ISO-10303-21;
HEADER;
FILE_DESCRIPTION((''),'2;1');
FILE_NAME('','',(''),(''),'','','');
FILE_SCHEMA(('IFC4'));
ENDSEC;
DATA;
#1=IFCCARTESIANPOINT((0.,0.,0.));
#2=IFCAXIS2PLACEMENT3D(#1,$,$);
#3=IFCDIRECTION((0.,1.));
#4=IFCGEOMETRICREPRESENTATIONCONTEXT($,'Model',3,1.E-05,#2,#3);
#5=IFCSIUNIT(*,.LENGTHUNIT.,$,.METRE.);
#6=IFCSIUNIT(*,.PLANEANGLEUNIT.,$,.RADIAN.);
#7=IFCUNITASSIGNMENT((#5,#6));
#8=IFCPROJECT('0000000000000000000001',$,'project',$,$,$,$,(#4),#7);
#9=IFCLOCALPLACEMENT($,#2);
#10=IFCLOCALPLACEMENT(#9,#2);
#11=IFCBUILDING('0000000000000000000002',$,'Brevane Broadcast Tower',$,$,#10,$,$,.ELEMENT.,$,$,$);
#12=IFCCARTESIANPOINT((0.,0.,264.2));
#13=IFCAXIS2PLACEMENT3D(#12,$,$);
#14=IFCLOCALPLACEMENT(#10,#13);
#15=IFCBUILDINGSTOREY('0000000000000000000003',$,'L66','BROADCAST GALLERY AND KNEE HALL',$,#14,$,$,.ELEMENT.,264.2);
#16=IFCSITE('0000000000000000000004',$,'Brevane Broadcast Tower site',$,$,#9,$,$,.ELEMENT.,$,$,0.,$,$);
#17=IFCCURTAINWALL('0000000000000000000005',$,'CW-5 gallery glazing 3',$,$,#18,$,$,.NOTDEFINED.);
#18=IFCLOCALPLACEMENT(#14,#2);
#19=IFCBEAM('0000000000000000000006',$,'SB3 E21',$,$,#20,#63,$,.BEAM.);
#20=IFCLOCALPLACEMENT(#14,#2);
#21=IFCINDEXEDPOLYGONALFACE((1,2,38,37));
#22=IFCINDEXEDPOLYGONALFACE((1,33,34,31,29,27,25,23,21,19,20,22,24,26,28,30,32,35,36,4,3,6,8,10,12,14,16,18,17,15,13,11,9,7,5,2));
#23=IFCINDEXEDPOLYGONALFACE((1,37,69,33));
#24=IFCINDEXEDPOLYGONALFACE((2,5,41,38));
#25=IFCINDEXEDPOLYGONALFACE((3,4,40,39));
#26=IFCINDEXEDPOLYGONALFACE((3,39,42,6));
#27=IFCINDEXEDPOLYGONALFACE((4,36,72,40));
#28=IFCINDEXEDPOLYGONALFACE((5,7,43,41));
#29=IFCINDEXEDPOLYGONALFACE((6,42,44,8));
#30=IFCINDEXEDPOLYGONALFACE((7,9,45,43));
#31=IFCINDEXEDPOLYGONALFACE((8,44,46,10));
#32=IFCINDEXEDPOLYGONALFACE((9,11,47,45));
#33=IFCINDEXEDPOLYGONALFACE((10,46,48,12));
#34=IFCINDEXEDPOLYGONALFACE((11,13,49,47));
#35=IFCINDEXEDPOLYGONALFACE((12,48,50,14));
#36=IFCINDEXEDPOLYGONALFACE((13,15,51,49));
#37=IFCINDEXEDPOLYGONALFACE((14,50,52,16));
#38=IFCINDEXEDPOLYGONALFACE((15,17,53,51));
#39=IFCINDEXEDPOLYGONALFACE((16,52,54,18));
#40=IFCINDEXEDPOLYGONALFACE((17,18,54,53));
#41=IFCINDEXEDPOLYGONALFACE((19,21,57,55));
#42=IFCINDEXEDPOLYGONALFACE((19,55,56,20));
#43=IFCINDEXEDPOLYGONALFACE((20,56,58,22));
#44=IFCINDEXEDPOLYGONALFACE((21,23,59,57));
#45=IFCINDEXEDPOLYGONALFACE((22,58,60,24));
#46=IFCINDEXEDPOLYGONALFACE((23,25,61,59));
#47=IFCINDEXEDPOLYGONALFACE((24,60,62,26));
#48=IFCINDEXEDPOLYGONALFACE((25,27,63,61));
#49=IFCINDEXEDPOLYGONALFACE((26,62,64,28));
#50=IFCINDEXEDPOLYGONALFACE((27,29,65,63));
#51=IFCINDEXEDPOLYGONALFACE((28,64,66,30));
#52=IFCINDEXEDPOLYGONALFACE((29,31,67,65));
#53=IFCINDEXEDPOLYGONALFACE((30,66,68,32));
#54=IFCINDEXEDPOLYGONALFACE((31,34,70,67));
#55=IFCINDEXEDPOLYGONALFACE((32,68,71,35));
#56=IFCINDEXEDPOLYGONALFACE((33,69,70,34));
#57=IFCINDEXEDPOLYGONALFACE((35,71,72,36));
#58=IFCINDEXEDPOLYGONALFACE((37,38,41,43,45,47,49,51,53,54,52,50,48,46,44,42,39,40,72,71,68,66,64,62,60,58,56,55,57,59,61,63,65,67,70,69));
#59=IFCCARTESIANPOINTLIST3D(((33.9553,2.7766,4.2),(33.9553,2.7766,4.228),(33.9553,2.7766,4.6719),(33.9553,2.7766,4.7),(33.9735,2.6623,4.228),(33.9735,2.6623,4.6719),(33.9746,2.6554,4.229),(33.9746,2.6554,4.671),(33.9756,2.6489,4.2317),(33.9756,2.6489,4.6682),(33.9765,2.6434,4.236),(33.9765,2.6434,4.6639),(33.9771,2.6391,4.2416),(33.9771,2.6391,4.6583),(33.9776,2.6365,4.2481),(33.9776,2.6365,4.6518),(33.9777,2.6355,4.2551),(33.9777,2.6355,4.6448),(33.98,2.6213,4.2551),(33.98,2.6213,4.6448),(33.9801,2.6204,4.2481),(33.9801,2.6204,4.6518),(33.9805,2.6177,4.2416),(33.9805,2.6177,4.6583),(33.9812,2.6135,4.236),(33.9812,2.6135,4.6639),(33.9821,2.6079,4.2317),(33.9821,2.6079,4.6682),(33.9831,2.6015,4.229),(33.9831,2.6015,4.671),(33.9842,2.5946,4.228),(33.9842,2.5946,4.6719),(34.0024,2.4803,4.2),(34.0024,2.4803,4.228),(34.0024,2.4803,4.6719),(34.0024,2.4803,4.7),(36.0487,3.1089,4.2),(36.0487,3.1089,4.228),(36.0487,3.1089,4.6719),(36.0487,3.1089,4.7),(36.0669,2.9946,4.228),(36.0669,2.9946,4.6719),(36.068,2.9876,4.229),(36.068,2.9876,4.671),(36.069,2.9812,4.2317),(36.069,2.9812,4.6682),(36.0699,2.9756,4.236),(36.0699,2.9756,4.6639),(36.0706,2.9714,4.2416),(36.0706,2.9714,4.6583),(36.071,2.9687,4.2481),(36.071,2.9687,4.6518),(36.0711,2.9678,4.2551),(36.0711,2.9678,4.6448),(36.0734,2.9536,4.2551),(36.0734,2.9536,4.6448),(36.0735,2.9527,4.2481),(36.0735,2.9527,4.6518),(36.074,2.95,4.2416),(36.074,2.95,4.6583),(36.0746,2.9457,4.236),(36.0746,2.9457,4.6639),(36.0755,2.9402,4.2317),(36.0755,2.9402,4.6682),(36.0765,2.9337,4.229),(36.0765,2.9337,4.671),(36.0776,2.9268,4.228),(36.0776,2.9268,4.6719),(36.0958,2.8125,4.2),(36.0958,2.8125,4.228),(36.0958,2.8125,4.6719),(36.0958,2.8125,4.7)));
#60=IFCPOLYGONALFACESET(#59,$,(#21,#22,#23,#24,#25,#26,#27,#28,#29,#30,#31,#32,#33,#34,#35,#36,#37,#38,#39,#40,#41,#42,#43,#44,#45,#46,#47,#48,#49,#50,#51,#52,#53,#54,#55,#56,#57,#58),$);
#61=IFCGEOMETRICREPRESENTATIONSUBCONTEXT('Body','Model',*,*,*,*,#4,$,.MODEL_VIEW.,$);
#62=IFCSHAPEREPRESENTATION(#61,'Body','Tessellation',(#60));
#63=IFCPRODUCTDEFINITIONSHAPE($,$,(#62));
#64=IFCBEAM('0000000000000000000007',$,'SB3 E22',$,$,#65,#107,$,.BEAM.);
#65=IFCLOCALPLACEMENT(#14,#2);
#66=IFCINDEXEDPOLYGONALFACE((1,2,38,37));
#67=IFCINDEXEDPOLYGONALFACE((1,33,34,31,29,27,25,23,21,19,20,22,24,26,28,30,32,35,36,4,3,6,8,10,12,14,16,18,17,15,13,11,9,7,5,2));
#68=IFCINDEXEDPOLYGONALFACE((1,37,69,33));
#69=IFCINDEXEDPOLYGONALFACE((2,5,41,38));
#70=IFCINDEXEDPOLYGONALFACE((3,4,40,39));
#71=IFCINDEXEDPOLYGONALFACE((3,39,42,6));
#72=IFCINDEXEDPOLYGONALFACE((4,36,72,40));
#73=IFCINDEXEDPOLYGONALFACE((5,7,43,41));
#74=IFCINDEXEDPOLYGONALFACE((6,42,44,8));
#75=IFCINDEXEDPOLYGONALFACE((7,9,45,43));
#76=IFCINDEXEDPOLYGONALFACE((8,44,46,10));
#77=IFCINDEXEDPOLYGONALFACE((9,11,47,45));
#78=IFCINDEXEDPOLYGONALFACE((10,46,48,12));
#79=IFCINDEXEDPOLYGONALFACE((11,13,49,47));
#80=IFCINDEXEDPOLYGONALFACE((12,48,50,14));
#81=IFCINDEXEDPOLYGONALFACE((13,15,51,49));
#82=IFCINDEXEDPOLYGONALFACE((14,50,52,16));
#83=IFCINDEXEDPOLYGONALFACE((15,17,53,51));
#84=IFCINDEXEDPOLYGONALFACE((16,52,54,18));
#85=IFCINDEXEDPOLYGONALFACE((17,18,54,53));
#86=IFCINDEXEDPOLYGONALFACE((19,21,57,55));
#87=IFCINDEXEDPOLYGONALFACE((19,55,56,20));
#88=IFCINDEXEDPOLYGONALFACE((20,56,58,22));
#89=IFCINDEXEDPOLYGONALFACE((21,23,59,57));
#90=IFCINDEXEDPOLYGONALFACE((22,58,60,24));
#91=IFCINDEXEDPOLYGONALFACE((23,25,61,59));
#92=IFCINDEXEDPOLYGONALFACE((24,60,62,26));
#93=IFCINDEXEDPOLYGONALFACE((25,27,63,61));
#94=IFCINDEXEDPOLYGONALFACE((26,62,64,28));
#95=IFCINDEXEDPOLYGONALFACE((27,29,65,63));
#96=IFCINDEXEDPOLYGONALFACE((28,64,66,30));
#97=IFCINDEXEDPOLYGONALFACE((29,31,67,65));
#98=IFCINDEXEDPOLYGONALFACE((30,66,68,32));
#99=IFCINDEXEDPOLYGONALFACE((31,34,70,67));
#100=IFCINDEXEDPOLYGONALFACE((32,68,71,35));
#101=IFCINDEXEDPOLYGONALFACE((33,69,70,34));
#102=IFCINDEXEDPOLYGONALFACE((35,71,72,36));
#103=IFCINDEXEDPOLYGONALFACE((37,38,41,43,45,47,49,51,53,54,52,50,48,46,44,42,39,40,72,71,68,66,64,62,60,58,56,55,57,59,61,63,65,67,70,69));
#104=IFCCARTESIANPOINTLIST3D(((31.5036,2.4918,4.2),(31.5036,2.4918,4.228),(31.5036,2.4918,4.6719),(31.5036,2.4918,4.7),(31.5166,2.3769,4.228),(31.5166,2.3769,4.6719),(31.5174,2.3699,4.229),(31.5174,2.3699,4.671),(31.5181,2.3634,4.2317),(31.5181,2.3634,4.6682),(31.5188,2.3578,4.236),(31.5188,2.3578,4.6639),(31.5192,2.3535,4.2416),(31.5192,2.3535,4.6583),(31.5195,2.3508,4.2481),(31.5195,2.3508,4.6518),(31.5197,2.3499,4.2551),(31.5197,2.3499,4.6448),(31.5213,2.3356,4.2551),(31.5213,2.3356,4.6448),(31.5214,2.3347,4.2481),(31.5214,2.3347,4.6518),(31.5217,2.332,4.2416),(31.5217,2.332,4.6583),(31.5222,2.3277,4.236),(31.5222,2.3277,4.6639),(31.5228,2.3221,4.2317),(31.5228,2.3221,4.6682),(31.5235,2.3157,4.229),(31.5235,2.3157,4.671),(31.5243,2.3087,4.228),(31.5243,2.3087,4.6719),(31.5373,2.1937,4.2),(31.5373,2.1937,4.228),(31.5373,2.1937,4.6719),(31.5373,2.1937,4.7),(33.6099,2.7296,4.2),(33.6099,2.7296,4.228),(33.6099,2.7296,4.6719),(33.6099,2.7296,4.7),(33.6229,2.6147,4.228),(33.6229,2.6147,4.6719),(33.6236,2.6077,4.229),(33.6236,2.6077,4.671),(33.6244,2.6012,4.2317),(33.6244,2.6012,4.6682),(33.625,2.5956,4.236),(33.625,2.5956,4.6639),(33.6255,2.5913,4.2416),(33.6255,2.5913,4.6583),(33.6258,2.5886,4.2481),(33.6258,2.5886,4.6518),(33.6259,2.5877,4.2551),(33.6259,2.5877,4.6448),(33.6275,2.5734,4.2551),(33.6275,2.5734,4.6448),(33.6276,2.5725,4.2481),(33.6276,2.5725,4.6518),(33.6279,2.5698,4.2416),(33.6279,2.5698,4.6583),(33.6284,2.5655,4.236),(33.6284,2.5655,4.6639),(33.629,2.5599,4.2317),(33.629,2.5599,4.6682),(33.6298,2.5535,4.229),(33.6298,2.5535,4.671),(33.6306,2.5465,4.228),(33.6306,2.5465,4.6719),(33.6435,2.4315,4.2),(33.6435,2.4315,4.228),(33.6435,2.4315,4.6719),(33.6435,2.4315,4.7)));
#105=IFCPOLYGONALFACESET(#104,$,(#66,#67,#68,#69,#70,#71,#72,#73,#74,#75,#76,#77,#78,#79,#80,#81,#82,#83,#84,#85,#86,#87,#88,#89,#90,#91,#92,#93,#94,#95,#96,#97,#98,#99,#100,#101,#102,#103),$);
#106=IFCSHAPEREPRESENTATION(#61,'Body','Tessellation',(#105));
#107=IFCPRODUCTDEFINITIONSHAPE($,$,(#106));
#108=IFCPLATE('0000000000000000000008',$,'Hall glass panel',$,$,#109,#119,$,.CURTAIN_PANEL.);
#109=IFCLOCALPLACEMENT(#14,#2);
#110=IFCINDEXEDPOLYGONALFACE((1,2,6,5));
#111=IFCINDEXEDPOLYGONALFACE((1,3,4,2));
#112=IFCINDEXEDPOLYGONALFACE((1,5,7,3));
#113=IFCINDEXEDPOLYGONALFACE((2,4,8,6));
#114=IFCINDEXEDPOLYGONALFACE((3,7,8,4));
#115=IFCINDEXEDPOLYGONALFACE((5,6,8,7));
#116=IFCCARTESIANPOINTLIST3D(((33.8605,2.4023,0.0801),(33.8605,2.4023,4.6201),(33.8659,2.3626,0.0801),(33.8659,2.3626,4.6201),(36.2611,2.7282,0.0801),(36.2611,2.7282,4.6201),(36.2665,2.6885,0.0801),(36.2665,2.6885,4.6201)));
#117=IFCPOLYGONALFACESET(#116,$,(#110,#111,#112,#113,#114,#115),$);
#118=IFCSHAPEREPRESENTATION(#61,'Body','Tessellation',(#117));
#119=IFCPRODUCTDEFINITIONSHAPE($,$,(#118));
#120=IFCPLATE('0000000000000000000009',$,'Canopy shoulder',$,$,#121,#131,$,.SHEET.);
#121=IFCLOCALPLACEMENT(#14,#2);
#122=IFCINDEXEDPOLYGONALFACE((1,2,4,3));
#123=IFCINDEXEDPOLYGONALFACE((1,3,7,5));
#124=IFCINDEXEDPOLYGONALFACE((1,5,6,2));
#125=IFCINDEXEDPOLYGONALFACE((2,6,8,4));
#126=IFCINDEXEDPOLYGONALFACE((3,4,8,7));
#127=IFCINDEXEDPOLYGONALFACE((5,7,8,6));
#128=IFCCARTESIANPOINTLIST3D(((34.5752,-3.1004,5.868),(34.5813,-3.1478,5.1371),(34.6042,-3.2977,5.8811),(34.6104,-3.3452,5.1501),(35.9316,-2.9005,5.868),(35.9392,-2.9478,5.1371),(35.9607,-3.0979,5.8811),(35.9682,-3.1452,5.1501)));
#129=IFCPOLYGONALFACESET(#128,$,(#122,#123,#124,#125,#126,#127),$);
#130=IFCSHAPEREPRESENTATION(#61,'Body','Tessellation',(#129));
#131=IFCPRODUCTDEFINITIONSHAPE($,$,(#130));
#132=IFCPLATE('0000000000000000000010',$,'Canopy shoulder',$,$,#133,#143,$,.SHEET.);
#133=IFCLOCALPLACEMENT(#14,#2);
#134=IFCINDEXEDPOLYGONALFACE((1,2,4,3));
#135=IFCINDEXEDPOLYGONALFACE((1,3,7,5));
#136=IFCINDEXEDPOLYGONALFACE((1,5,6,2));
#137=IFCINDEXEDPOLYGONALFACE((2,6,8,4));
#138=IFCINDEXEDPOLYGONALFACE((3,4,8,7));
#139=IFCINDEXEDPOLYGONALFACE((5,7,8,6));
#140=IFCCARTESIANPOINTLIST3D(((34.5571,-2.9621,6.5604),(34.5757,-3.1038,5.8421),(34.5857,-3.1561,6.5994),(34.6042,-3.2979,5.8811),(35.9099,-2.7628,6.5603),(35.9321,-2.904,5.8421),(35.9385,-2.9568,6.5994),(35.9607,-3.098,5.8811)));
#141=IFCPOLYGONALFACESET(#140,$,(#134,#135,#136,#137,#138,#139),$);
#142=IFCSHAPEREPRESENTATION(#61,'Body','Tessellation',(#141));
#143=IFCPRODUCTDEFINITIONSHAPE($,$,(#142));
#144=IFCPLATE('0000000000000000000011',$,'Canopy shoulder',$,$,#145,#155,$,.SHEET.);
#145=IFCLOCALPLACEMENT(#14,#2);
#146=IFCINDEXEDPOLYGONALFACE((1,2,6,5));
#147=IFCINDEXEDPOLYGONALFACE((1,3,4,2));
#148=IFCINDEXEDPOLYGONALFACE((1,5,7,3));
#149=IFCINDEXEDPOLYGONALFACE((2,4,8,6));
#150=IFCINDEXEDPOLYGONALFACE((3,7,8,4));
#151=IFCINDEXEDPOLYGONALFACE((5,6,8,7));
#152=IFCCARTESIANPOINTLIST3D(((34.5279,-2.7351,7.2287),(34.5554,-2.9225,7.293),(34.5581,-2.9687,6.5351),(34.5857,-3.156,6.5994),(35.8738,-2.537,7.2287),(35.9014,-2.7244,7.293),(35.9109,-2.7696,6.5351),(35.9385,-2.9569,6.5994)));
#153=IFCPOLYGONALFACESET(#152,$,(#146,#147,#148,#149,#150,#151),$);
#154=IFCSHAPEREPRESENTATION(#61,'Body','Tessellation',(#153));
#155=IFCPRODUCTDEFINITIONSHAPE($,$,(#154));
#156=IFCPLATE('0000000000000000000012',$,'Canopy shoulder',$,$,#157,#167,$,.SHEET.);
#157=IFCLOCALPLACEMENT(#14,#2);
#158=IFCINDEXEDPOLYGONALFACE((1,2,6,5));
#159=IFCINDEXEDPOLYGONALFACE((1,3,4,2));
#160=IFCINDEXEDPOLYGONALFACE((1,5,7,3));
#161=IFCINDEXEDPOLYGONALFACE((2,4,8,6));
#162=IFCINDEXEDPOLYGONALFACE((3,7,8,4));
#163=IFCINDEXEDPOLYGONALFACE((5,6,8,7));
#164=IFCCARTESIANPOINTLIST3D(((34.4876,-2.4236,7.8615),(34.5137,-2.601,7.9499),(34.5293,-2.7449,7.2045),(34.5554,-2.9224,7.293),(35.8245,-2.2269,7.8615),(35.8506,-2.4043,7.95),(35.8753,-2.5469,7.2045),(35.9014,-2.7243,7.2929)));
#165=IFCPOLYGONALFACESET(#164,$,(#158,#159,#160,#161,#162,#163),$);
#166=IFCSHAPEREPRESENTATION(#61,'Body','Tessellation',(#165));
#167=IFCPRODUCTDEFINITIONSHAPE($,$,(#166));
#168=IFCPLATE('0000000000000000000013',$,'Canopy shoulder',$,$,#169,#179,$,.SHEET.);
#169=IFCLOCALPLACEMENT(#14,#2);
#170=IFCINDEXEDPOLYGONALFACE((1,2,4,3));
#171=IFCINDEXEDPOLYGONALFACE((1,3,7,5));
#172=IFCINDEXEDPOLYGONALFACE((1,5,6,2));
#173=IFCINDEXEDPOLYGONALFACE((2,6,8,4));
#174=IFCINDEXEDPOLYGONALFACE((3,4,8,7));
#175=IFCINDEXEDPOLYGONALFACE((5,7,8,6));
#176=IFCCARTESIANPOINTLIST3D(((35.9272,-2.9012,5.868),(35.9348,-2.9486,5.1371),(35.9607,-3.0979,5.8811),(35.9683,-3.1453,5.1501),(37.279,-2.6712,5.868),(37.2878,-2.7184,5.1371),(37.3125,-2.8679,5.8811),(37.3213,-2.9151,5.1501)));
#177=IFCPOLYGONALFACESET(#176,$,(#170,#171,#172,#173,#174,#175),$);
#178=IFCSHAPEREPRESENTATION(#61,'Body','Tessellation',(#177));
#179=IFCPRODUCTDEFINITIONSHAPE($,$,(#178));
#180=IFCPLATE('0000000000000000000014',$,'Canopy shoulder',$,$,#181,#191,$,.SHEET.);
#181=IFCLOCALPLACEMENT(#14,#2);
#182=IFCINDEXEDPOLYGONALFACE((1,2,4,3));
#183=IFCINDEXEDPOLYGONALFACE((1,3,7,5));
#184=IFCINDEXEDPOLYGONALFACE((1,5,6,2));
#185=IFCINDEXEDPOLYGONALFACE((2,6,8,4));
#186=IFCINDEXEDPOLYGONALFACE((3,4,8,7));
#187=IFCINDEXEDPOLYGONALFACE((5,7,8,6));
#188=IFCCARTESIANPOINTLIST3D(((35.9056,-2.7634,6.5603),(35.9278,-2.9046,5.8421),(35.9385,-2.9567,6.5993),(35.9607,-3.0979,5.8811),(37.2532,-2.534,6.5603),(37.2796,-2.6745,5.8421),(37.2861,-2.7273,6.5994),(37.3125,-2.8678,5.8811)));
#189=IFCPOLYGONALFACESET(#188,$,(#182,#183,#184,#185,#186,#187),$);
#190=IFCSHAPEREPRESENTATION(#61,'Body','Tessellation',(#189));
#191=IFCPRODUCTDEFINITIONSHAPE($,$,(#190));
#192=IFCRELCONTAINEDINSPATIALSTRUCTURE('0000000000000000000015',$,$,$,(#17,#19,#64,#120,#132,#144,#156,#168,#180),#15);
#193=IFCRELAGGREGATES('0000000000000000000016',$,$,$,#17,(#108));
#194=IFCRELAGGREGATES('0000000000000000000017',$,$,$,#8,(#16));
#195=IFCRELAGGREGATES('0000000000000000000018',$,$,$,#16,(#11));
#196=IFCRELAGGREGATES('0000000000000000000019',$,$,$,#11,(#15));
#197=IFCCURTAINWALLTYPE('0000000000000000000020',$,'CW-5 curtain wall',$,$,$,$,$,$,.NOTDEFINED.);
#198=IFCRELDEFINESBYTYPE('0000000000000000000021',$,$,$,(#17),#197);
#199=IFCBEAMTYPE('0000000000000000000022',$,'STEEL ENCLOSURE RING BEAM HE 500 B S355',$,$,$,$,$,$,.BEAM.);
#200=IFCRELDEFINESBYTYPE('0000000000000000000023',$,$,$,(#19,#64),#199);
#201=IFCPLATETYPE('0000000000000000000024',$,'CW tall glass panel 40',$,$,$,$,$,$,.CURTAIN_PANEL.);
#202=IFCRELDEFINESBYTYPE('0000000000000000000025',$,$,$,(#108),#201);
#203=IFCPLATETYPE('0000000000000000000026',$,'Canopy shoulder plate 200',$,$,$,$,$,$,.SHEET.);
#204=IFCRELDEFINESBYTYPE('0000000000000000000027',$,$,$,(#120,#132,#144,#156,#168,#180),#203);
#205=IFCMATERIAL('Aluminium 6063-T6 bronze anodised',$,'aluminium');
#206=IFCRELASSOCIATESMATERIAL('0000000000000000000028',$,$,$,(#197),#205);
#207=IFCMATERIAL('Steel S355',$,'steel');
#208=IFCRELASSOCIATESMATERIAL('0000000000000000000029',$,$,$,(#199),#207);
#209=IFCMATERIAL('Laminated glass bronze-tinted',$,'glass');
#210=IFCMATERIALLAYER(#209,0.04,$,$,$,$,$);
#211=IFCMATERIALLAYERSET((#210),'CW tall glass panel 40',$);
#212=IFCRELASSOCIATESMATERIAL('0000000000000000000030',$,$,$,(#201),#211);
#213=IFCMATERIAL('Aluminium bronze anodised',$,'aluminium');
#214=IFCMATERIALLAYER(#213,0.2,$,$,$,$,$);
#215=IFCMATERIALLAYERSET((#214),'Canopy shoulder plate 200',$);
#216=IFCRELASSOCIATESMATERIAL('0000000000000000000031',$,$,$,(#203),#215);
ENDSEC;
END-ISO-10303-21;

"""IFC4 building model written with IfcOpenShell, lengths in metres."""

from ifc_helpers import new_model, si_unit, direction, frame, origin, origin_2d, place, context, subcontext, project, spatial, polyline, rectangle, i_section, outline, extrude, material, layer, layer_set, material_profile, profile_set, type_object, element, aggregate, save


model = new_model("IFC4")

# Units and contexts
model_context = context("Model", 3, precision=1e-05, world=origin(), true_north=direction((0.0, 1.0)))
body_context = subcontext(model_context, "Body", "Model", "MODEL_VIEW")
ifc_project = project(units=[si_unit("LENGTHUNIT", "METRE"), si_unit("PLANEANGLEUNIT", "RADIAN")], contexts=[model_context])

# Site, building, storey
site_placement = place(None, origin())
site = spatial("IfcSite", under=ifc_project, at=site_placement, Name="Brevane Broadcast Tower site", CompositionType="ELEMENT", RefElevation=0.0)
building_placement = place(site_placement, origin())
building = spatial("IfcBuilding", under=site, at=building_placement, Name="Brevane Broadcast Tower", CompositionType="ELEMENT")
storey_placement = place(building_placement, frame((0.0, 0.0, 264.2)))
storey = spatial("IfcBuildingStorey", under=building, at=storey_placement, Name="L66", Description="BROADCAST GALLERY AND KNEE HALL", CompositionType="ELEMENT", Elevation=264.2)

# Shared definitions
ifc_material_1 = material(Name="Steel S355", Category="steel")

# Curtain wall
ifc_material_2 = material(Name="Aluminium 6063-T6 bronze anodised", Category="aluminium")
curtain_wall_type = type_object("IfcCurtainWallType", Name="CW-5 curtain wall", PredefinedType="NOTDEFINED", material=ifc_material_2)
curtain_wall_1_placement = place(storey_placement, origin())
curtain_wall_1 = element("IfcCurtainWall", 1, at=curtain_wall_1_placement, inside=storey, type_object=curtain_wall_type, Name="CW-5 gallery glazing 3", PredefinedType="NOTDEFINED")

# Beams
ifc_material_profile_1 = material_profile(ifc_material_1, i_section(OverallWidth=0.3, OverallDepth=0.5, WebThickness=0.0144, FlangeThickness=0.0281, FilletRadius=0.0271, at=origin_2d()), Name="HE 500 B")
ifc_profile_set_1 = profile_set([ifc_material_profile_1], Name="Steel S355")
beam_type_1 = type_object("IfcBeamType", Name="STEEL ENCLOSURE RING BEAM HE 500 B S355", PredefinedType="BEAM", material=ifc_profile_set_1)
for number, where, z_axis, x_axis, name in (
    (2, (36.0723, 2.9607, 4.45), (-0.987638, -0.156755, 0.0), (0.156755, -0.987638, 0.0), "SB3 E21"),
    (3, (33.6267, 2.5806, 4.45), (-0.993687, -0.112189, 0.0), (0.112189, -0.993687, 0.0), "SB3 E22"),
):
    element("IfcBeam", number, at=place(storey_placement, frame(where, z_axis=z_axis, x_axis=x_axis)), inside=storey, type_object=beam_type_1, Name=name, PredefinedType="BEAM", context=body_context, shape_type="SweptSolid", body=[
        extrude(i_section(OverallWidth=0.3, OverallDepth=0.5, WebThickness=0.0144, FlangeThickness=0.0281, FilletRadius=0.0271, at=origin_2d()), origin(), (0.0, 0.0, 1.0), 2.1196),
    ])

# Plate
ifc_material_3 = material(Name="Laminated glass bronze-tinted", Category="glass")
ifc_layer_1 = layer(ifc_material_3, 0.04)
ifc_layer_set_1 = layer_set([ifc_layer_1], Name="CW tall glass panel 40")
plate_type_1 = type_object("IfcPlateType", Name="CW tall glass panel 40", PredefinedType="CURTAIN_PANEL", material=ifc_layer_set_1)
plate_1_placement = place(storey_placement, frame((35.0635, 2.5454, 0.0801), z_axis=(0.0, 0.0, 1.0), x_axis=(0.990911, 0.13452, 0.0)))
plate_1 = element("IfcPlate", 4, at=plate_1_placement, type_object=plate_type_1, Name="Hall glass panel", PredefinedType="CURTAIN_PANEL", context=body_context, shape_type="SweptSolid", body=[
    extrude(rectangle(XDim=2.4226, YDim=0.04, at=origin_2d()), origin(), (0.0, 0.0, 1.0), 4.54),
])
aggregate(curtain_wall_1, [plate_1])

# Plates
ifc_material_4 = material(Name="Aluminium bronze anodised", Category="aluminium")
ifc_layer_2 = layer(ifc_material_4, 0.2)
ifc_layer_set_2 = layer_set([ifc_layer_2], Name="Canopy shoulder plate 200")
plate_type_2 = type_object("IfcPlateType", Name="Canopy shoulder plate 200", PredefinedType="SHEET", material=ifc_layer_set_2)
plate_2_placement = place(storey_placement, frame((34.6104, -3.3452, 5.1501), z_axis=(0.145444, -0.987207, 0.065328), x_axis=(0.989321, 0.145755, -0.000005)))
element("IfcPlate", 5, at=plate_2_placement, inside=storey, type_object=plate_type_2, Name="Canopy shoulder", PredefinedType="SHEET", context=body_context, shape_type="SweptSolid", body=[
    extrude(outline(polyline([(0.0, 0.0), (1.3726, 0.0), (1.372, 0.7325), (0.0009, 0.7325), (0.0, 0.0)])), origin(), (0.0, 0.0, -1.0), 0.2),
])
plate_3_placement = place(storey_placement, frame((34.6042, -3.2979, 5.8811), z_axis=(0.14296, -0.970292, 0.195181), x_axis=(0.989319, 0.145766, 0.000013)))
element("IfcPlate", 6, at=plate_3_placement, inside=storey, type_object=plate_type_2, Name="Canopy shoulder", PredefinedType="SHEET", context=body_context, shape_type="SweptSolid", body=[
    extrude(outline(polyline([(0.0, 0.0), (1.3711, 0.0), (1.3697, 0.7323), (0.0023, 0.7324), (0.0, 0.0)])), origin(), (0.0, 0.0, -1.0), 0.2),
])
plate_4_placement = place(storey_placement, frame((34.5857, -3.156, 6.5994), z_axis=(0.137889, -0.936834, 0.321449), x_axis=(0.98934, 0.145626, 0.000024)))
element("IfcPlate", 7, at=plate_4_placement, inside=storey, type_object=plate_type_2, Name="Canopy shoulder", PredefinedType="SHEET", context=body_context, shape_type="SweptSolid", body=[
    extrude(outline(polyline([(0.0, 0.0), (1.3674, 0.0), (1.3645, 0.7324), (0.0041, 0.7325), (0.0, 0.0)])), origin(), (0.0, 0.0, -1.0), 0.2),
])
plate_5_placement = place(storey_placement, frame((34.5554, -2.9224, 7.293), z_axis=(0.130566, -0.887313, 0.442299), x_axis=(0.989348, 0.145572, -0.000016)))
element("IfcPlate", 8, at=plate_5_placement, inside=storey, type_object=plate_type_2, Name="Canopy shoulder", PredefinedType="SHEET", context=body_context, shape_type="SweptSolid", body=[
    extrude(outline(polyline([(0.0, 0.0), (1.3604, 0.0), (1.3568, 0.7326), (0.0055, 0.7325), (0.0, 0.0)])), origin(), (0.0, 0.0, -1.0), 0.2),
])
plate_6_placement = place(storey_placement, frame((35.9683, -3.1453, 5.1501), z_axis=(0.167372, -0.983719, 0.06545), x_axis=(0.985833, 0.167731, 0.000001)))
element("IfcPlate", 9, at=plate_6_placement, inside=storey, type_object=plate_type_2, Name="Canopy shoulder", PredefinedType="SHEET", context=body_context, shape_type="SweptSolid", body=[
    extrude(outline(polyline([(0.0, 0.0), (1.3725, 0.0), (1.3717, 0.7325), (0.0005, 0.7325), (0.0, 0.0)])), origin(), (0.0, 0.0, -1.0), 0.2),
])
plate_7_placement = place(storey_placement, frame((35.9607, -3.0979, 5.8811), z_axis=(0.164568, -0.96686, 0.195191), x_axis=(0.985822, 0.167793, -0.000015)))
element("IfcPlate", 10, at=plate_7_placement, inside=storey, type_object=plate_type_2, Name="Canopy shoulder", PredefinedType="SHEET", context=body_context, shape_type="SweptSolid", body=[
    extrude(outline(polyline([(0.0, 0.0), (1.3712, 0.0), (1.3688, 0.7324), (0.0018, 0.7323), (0.0, 0.0)])), origin(), (0.0, 0.0, -1.0), 0.2),
])

save(model, "model.ifc")
